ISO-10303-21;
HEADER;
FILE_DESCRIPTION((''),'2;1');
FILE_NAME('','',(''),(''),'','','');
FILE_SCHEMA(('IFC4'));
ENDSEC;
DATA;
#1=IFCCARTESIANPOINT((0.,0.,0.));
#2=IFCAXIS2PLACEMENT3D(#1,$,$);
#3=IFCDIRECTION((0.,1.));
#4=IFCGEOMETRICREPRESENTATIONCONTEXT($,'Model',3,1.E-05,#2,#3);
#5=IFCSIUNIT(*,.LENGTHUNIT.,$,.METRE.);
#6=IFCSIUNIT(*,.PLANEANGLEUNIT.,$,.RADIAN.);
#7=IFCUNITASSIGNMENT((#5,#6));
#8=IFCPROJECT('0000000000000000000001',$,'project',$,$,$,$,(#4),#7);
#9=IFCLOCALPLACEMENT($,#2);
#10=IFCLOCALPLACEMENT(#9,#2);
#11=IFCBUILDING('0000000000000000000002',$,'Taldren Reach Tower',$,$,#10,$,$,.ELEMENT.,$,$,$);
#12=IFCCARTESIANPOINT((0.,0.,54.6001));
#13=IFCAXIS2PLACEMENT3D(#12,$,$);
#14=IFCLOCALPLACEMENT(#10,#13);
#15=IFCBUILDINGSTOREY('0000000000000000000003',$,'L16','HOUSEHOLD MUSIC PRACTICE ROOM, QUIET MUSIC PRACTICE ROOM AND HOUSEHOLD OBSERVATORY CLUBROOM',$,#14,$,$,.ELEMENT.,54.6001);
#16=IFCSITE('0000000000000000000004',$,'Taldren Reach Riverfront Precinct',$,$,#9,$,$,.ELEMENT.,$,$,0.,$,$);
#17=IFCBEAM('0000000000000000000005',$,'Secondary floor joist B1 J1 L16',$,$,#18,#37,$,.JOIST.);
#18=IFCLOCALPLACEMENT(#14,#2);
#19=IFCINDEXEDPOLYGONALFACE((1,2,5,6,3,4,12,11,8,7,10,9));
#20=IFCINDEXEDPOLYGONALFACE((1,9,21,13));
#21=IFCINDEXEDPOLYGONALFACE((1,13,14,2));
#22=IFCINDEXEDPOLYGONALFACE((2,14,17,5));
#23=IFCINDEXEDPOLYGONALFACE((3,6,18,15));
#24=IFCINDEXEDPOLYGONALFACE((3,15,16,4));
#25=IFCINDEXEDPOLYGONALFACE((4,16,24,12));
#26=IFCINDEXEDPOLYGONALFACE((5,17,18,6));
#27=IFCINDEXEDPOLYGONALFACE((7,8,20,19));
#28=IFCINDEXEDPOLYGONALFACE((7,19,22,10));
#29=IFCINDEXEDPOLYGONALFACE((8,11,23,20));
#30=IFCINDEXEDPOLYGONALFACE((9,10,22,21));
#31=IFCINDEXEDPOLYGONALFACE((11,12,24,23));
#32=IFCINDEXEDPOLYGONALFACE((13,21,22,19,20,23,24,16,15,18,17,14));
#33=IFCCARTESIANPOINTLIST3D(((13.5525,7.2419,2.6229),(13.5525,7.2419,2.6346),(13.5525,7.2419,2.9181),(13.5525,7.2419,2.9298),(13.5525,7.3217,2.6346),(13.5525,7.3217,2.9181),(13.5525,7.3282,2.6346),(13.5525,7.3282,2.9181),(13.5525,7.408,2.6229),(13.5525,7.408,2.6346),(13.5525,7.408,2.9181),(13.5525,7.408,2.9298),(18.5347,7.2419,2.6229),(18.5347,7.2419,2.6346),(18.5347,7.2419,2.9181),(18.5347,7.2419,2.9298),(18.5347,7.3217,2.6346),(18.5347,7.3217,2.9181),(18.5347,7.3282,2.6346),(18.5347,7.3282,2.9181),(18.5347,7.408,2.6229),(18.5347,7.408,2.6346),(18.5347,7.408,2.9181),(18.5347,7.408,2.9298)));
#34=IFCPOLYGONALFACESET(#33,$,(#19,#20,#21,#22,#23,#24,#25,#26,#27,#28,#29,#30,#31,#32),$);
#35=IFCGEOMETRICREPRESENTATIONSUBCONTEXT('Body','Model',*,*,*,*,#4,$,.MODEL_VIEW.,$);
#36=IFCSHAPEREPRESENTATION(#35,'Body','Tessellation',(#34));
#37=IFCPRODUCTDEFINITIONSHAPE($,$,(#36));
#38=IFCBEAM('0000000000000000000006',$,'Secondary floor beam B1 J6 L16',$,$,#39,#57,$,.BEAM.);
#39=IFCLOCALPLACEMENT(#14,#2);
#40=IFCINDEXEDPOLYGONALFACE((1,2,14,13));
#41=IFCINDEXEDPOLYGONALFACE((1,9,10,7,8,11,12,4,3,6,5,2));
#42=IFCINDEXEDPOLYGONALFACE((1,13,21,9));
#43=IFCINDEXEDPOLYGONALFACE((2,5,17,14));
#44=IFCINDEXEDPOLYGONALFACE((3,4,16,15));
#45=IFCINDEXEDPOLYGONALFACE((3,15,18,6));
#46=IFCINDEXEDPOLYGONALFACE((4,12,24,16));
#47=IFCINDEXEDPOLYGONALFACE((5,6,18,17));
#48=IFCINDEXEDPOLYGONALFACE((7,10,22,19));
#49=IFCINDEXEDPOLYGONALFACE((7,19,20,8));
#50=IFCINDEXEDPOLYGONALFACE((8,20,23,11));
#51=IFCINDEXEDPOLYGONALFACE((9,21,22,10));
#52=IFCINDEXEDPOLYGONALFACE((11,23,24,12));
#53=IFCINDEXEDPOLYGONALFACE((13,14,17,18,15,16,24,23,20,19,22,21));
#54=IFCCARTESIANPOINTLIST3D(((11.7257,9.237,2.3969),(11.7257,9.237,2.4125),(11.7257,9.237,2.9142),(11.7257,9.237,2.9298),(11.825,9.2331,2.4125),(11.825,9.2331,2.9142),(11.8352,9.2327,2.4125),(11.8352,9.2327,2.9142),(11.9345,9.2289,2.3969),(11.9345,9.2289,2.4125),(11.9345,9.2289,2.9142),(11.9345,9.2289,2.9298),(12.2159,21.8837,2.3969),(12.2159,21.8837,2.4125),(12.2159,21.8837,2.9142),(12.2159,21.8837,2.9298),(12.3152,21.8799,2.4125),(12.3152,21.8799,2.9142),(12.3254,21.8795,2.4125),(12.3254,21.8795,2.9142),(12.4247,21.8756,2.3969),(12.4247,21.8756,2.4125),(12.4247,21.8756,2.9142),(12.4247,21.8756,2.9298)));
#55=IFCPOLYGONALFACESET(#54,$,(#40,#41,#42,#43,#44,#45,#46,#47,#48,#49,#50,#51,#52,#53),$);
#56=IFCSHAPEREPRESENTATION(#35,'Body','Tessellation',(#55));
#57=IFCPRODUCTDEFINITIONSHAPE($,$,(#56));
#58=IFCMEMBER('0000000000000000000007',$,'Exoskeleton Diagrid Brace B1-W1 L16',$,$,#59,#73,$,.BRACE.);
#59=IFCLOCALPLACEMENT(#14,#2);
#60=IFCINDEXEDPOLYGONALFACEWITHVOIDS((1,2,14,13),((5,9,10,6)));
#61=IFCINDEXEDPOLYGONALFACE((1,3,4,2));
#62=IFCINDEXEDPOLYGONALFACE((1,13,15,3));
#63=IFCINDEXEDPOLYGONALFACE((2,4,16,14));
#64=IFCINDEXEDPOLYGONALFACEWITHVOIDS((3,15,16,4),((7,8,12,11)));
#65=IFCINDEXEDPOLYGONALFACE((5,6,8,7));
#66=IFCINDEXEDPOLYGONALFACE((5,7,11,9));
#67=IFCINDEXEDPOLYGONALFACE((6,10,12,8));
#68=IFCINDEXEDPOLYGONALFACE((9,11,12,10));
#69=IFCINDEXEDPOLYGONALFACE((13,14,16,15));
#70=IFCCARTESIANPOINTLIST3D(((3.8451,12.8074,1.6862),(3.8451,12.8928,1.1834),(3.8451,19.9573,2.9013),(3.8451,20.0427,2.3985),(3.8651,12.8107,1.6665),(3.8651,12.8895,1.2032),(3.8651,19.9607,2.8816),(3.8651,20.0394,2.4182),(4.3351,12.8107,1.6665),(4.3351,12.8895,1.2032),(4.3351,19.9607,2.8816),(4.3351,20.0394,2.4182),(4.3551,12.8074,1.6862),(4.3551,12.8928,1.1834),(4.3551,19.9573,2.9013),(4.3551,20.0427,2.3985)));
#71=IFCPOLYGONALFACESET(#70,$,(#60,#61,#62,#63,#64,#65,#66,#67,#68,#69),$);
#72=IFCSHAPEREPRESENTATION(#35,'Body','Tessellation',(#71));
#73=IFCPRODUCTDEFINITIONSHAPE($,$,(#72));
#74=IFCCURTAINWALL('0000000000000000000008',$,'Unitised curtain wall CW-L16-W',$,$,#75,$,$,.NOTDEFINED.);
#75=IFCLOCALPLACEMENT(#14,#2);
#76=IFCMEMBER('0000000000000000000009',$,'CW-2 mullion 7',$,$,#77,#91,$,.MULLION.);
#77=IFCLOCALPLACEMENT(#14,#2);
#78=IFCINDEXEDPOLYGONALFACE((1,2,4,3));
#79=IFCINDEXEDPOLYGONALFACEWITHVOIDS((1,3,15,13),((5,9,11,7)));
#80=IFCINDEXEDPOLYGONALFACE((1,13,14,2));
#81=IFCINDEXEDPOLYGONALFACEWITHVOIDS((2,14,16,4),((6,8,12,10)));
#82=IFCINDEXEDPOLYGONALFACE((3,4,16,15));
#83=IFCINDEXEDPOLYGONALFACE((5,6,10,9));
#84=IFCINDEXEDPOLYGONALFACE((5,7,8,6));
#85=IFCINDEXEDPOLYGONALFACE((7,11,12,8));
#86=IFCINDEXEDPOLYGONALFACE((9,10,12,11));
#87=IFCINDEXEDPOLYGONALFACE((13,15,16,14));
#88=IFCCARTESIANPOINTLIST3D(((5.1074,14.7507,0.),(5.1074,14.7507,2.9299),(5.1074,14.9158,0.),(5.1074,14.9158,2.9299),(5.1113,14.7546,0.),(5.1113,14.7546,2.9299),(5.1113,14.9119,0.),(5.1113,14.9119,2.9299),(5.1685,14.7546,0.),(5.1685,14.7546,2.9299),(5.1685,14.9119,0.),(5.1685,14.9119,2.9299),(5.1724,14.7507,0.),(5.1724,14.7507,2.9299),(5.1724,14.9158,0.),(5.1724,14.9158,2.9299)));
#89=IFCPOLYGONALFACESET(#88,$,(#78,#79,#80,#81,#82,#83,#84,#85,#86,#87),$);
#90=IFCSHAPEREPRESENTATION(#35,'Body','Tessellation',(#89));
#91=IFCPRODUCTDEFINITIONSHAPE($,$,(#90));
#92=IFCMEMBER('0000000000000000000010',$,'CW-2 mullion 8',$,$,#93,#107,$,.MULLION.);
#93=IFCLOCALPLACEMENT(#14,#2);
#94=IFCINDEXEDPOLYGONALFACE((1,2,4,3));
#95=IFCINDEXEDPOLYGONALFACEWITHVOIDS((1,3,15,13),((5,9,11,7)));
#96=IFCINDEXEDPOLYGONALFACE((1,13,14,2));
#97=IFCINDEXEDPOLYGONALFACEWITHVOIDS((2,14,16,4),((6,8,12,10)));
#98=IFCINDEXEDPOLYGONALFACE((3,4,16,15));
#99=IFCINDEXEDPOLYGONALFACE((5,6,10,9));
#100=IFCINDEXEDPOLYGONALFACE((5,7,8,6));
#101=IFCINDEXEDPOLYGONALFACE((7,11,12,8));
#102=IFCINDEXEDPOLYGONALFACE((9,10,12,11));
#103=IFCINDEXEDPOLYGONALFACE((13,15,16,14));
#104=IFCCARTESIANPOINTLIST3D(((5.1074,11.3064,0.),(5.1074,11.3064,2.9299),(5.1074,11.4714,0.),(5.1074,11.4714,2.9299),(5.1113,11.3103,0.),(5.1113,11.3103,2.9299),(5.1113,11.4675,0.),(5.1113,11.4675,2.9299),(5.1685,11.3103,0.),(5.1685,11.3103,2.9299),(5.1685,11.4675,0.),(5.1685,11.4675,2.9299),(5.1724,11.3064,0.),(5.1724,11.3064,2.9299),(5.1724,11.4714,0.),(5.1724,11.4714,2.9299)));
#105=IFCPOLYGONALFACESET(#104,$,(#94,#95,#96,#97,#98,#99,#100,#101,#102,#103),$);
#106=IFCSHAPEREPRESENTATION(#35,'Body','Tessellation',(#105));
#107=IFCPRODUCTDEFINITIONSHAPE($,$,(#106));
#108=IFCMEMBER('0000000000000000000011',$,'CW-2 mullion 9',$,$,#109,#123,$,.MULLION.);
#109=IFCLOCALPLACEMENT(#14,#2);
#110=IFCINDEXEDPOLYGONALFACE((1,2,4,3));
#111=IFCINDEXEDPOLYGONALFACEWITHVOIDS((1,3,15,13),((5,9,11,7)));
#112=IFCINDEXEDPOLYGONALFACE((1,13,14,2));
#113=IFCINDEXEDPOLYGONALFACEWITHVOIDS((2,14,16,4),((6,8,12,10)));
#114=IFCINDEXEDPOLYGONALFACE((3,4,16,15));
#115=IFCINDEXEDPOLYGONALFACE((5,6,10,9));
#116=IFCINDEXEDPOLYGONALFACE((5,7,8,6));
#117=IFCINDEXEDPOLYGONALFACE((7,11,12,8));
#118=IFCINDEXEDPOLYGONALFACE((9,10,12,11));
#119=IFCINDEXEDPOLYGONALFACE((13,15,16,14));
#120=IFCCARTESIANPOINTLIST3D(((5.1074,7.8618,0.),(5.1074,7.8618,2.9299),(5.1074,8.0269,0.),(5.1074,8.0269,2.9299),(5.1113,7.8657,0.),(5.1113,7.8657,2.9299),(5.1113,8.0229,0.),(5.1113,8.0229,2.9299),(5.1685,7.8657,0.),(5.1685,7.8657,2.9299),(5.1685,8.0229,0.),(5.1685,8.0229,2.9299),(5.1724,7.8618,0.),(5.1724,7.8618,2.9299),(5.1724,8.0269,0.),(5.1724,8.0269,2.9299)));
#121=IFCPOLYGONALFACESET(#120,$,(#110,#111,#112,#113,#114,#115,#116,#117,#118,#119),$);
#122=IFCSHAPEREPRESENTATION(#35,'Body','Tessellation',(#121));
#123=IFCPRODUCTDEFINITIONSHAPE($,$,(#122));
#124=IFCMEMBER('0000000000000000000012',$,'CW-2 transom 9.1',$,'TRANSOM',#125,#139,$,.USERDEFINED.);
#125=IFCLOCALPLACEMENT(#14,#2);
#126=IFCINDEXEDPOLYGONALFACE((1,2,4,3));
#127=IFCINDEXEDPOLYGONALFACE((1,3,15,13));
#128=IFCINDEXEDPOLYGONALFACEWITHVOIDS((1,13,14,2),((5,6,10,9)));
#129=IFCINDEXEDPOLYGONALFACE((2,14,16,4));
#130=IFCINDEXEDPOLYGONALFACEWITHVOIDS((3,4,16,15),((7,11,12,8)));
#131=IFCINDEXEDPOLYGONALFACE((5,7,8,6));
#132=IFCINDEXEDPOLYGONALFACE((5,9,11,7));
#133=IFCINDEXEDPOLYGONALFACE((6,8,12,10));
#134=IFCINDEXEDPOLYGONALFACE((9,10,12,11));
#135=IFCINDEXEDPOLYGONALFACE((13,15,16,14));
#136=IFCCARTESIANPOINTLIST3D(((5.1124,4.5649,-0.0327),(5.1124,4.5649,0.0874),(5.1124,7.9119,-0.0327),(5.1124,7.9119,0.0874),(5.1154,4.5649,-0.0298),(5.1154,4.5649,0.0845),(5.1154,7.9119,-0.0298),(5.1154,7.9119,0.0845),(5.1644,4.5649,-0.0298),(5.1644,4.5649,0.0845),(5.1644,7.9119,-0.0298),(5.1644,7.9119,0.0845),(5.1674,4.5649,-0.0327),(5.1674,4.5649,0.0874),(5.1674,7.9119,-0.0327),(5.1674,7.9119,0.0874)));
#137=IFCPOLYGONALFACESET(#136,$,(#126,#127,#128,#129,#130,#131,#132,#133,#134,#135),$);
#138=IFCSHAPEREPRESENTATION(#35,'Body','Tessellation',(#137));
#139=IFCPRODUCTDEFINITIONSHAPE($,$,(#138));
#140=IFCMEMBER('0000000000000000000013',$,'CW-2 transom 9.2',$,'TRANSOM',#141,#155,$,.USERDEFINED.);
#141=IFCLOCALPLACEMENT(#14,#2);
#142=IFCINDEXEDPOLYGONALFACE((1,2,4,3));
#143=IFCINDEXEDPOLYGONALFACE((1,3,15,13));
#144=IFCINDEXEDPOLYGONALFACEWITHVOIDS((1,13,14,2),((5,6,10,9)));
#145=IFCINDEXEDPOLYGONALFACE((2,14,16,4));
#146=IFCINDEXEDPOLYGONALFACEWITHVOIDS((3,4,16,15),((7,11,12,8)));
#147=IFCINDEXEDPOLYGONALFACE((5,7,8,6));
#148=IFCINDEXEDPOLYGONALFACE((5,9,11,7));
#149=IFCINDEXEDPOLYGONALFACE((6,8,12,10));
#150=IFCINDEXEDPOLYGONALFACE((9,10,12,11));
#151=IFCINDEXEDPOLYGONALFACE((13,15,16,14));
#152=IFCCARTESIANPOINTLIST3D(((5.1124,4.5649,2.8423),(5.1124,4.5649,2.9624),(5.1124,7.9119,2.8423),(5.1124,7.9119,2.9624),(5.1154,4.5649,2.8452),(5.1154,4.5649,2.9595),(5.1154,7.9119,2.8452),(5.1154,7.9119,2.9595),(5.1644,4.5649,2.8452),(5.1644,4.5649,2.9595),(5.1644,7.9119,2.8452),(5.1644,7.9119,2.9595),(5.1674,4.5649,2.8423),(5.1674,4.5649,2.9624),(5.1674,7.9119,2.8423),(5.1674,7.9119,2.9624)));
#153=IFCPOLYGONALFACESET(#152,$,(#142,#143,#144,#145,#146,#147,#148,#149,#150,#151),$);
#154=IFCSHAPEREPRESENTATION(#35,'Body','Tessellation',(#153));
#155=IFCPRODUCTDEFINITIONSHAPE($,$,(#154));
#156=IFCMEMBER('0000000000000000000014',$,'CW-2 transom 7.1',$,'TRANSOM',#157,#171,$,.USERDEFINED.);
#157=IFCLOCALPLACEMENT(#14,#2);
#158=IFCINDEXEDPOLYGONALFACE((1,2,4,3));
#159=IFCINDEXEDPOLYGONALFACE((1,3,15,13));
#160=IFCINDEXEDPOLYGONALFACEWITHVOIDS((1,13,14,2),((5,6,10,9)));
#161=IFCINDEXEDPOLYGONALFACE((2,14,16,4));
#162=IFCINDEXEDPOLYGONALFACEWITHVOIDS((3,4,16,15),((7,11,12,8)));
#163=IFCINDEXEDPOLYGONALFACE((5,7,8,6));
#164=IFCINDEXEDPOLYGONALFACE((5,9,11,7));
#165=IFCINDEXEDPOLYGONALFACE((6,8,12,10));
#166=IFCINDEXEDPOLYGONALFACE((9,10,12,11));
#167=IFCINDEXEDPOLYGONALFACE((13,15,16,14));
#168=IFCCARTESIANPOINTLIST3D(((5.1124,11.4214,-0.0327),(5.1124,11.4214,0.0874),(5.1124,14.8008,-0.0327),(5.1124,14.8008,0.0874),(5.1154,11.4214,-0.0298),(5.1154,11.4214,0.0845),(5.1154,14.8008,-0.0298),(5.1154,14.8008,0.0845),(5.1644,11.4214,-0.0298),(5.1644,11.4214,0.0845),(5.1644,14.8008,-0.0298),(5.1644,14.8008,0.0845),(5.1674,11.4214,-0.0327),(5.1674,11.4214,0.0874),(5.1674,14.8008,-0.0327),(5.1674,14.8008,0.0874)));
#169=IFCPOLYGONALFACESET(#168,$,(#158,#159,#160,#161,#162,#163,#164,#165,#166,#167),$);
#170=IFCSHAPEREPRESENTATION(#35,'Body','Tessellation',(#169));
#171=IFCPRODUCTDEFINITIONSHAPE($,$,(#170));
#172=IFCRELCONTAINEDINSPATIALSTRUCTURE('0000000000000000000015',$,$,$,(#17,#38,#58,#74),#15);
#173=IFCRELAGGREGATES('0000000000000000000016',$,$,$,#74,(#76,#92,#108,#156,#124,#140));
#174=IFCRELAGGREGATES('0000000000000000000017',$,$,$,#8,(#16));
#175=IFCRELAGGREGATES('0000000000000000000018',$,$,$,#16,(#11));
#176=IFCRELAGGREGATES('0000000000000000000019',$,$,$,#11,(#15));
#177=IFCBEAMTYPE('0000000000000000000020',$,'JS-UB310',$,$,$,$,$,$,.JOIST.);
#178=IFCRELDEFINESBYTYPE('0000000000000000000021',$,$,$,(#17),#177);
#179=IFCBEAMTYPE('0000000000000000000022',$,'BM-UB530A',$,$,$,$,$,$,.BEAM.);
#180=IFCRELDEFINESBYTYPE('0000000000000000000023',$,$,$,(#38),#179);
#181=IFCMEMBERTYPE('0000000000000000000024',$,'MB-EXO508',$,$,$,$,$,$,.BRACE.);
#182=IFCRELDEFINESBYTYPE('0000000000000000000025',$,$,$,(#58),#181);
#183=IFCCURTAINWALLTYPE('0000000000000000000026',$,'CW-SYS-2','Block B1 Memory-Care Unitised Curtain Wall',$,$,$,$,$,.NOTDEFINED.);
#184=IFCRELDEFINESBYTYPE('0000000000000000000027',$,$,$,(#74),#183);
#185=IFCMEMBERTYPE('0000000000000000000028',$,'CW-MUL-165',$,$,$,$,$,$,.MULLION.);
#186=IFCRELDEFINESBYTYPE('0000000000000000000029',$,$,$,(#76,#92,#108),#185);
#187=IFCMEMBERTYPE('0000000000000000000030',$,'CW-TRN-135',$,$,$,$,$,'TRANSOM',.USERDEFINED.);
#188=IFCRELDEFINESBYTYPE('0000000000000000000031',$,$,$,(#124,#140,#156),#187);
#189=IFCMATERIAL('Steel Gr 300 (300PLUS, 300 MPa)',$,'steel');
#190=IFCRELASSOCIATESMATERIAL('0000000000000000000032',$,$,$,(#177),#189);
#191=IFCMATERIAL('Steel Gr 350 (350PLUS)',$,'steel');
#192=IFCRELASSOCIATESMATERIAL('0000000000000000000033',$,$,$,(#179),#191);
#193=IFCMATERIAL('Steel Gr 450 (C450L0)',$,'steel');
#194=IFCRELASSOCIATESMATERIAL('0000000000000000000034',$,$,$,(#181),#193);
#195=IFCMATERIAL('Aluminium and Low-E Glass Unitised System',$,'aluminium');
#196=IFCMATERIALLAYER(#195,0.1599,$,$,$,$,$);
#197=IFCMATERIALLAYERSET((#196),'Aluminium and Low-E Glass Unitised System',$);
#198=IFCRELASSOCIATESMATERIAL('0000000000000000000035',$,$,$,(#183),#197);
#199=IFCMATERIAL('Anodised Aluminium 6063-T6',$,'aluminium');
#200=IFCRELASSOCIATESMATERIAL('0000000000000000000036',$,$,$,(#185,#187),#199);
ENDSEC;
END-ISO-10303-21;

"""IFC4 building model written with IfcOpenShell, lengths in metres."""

from ifc_helpers import new_model, si_unit, direction, frame, origin, origin_2d, place, context, subcontext, project, spatial, hollow_rectangle, i_section, extrude, source, transform, mapped, material, layer, layer_set, material_profile, profile_set, type_object, element, aggregate, save


model = new_model("IFC4")

# Units and contexts
model_context = context("Model", 3, precision=1e-05, world=origin(), true_north=direction((0.0, 1.0)))
body_context = subcontext(model_context, "Body", "Model", "MODEL_VIEW")
ifc_project = project(units=[si_unit("LENGTHUNIT", "METRE"), si_unit("PLANEANGLEUNIT", "RADIAN")], contexts=[model_context])

# Site, building, storey
site_placement = place(None, origin())
site = spatial("IfcSite", under=ifc_project, at=site_placement, Name="Taldren Reach Riverfront Precinct", CompositionType="ELEMENT", RefElevation=0.0)
building_placement = place(site_placement, origin())
building = spatial("IfcBuilding", under=site, at=building_placement, Name="Taldren Reach Tower", CompositionType="ELEMENT")
storey_placement = place(building_placement, frame((0.0, 0.0, 54.6001)))
storey = spatial("IfcBuildingStorey", under=building, at=storey_placement, Name="L16", Description="HOUSEHOLD MUSIC PRACTICE ROOM, QUIET MUSIC PRACTICE ROOM AND HOUSEHOLD OBSERVATORY CLUBROOM", CompositionType="ELEMENT", Elevation=54.6001)

# Beams
ifc_material_1 = material(Name="Steel Gr 300 (300PLUS, 300 MPa)", Category="steel")
ifc_material_profile_1 = material_profile(ifc_material_1, i_section(OverallWidth=0.166, OverallDepth=0.3069, WebThickness=0.0066, FlangeThickness=0.0117, at=origin_2d()), Name="310UB46.2")
ifc_profile_set_1 = profile_set([ifc_material_profile_1], Name="Steel Gr 300 (300PLUS, 300 MPa)")
beam_type_1 = type_object("IfcBeamType", Name="JS-UB310", PredefinedType="JOIST", material=ifc_profile_set_1)
shared_shape_1 = source(origin(), body_context, "Body", "SweptSolid", [
    extrude(i_section(OverallWidth=0.166, OverallDepth=0.3069, WebThickness=0.0066, FlangeThickness=0.0117, at=origin_2d()), origin(), (0.0, 0.0, 1.0), 4.9822),
])
beam_1_placement = place(storey_placement, frame((13.5525, 7.325, 2.7764), z_axis=(1.0, 0.0, 0.0), x_axis=(0.0, 1.0, 0.0)))
element("IfcBeam", 1, at=beam_1_placement, inside=storey, type_object=beam_type_1, Name="Secondary floor joist B1 J1 L16", PredefinedType="JOIST", context=body_context, shape_type="MappedRepresentation", body=[
    mapped(shared_shape_1, transform((0.0, 0.0, 0.0), scale=1.0)),
])
ifc_material_2 = material(Name="Steel Gr 350 (350PLUS)", Category="steel")
ifc_material_profile_2 = material_profile(ifc_material_2, i_section(OverallWidth=0.209, OverallDepth=0.533, WebThickness=0.0103, FlangeThickness=0.0156, at=origin_2d()), Name="530UB92.4")
ifc_profile_set_2 = profile_set([ifc_material_profile_2], Name="Steel Gr 350 (350PLUS)")
beam_type_2 = type_object("IfcBeamType", Name="BM-UB530A", PredefinedType="BEAM", material=ifc_profile_set_2)
shared_shape_2 = source(origin(), body_context, "Body", "SweptSolid", [
    extrude(i_section(OverallWidth=0.209, OverallDepth=0.533, WebThickness=0.0103, FlangeThickness=0.0156, at=origin_2d()), origin(), (0.0, 0.0, 1.0), 12.6562),
])
beam_2_placement = place(storey_placement, frame((11.8301, 9.2329, 2.6633), z_axis=(0.038735, 0.99925, 0.0), x_axis=(-0.99925, 0.038735, 0.0)))
element("IfcBeam", 2, at=beam_2_placement, inside=storey, type_object=beam_type_2, Name="Secondary floor beam B1 J6 L16", PredefinedType="BEAM", context=body_context, shape_type="MappedRepresentation", body=[
    mapped(shared_shape_2, transform((0.0, 0.0, 0.0), scale=1.0)),
])

# Member
ifc_material_3 = material(Name="Steel Gr 450 (C450L0)", Category="steel")
ifc_material_profile_3 = material_profile(ifc_material_3, hollow_rectangle(XDim=0.51, YDim=0.51, WallThickness=0.02, at=origin_2d()), Name="510x510x20.0SHS")
ifc_profile_set_3 = profile_set([ifc_material_profile_3], Name="Steel Gr 450 (C450L0)")
member_type_1 = type_object("IfcMemberType", Name="MB-EXO508", PredefinedType="BRACE", material=ifc_profile_set_3)
shared_shape_3 = source(origin(), body_context, "Body", "SweptSolid", [
    extrude(hollow_rectangle(XDim=0.51, YDim=0.51, WallThickness=0.02, at=origin_2d()), origin(), (0.0, 0.0, 1.0), 7.2524),
])
member_1_placement = place(storey_placement, frame((4.1001, 12.8501, 1.4348), z_axis=(0.0, 0.985865, 0.167542), x_axis=(-1.0, 0.0, 0.0)))
element("IfcMember", 3, at=member_1_placement, inside=storey, type_object=member_type_1, Name="Exoskeleton Diagrid Brace B1-W1 L16", PredefinedType="BRACE", context=body_context, shape_type="MappedRepresentation", body=[
    mapped(shared_shape_3, transform((0.0, 0.0, 0.0), scale=1.0)),
])

# Curtain wall, members
ifc_material_4 = material(Name="Aluminium and Low-E Glass Unitised System", Category="aluminium")
ifc_layer_1 = layer(ifc_material_4, 0.1599)
ifc_layer_set_1 = layer_set([ifc_layer_1], Name="Aluminium and Low-E Glass Unitised System")
curtain_wall_type = type_object("IfcCurtainWallType", Name="CW-SYS-2", Description="Block B1 Memory-Care Unitised Curtain Wall", PredefinedType="NOTDEFINED", material=ifc_layer_set_1)
curtain_wall_placement = place(storey_placement, origin())
curtain_wall = element("IfcCurtainWall", 4, at=curtain_wall_placement, inside=storey, type_object=curtain_wall_type, Name="Unitised curtain wall CW-L16-W", PredefinedType="NOTDEFINED")
ifc_material_5 = material(Name="Anodised Aluminium 6063-T6", Category="aluminium")
ifc_material_profile_4 = material_profile(ifc_material_5, hollow_rectangle(XDim=0.0649, YDim=0.165, WallThickness=0.0039, at=origin_2d()), Name="ALU-165x65x4RHS")
ifc_profile_set_4 = profile_set([ifc_material_profile_4], Name="Anodised Aluminium 6063-T6")
member_type_2 = type_object("IfcMemberType", Name="CW-MUL-165", PredefinedType="MULLION", material=ifc_profile_set_4)
shared_shape_4 = source(origin(), body_context, "Body", "SweptSolid", [
    extrude(hollow_rectangle(XDim=0.0649, YDim=0.165, WallThickness=0.0039, at=origin_2d()), origin(), (0.0, 0.0, 1.0), 2.9299),
])
member_2_placement = place(storey_placement, frame((5.1399, 14.8333, 0.0), z_axis=(0.0, 0.0, 1.0), x_axis=(1.0, 0.0, 0.0)))
member_2 = element("IfcMember", 5, at=member_2_placement, type_object=member_type_2, Name="CW-2 mullion 7", PredefinedType="MULLION", context=body_context, shape_type="MappedRepresentation", body=[
    mapped(shared_shape_4, transform((0.0, 0.0, 0.0), scale=1.0)),
])
member_3_placement = place(storey_placement, frame((5.1399, 11.3889, 0.0), z_axis=(0.0, 0.0, 1.0), x_axis=(1.0, 0.0, 0.0)))
member_3 = element("IfcMember", 6, at=member_3_placement, type_object=member_type_2, Name="CW-2 mullion 8", PredefinedType="MULLION", context=body_context, shape_type="MappedRepresentation", body=[
    mapped(shared_shape_4, transform((0.0, 0.0, 0.0), scale=1.0)),
])
member_4_placement = place(storey_placement, frame((5.1399, 7.9443, 0.0), z_axis=(0.0, 0.0, 1.0), x_axis=(1.0, 0.0, 0.0)))
member_4 = element("IfcMember", 7, at=member_4_placement, type_object=member_type_2, Name="CW-2 mullion 9", PredefinedType="MULLION", context=body_context, shape_type="MappedRepresentation", body=[
    mapped(shared_shape_4, transform((0.0, 0.0, 0.0), scale=1.0)),
])
ifc_material_profile_5 = material_profile(ifc_material_5, hollow_rectangle(XDim=0.0549, YDim=0.1201, WallThickness=0.0029, at=origin_2d()), Name="ALU-120x55x3RHS")
ifc_profile_set_5 = profile_set([ifc_material_profile_5], Name="Anodised Aluminium 6063-T6")
member_type_3 = type_object("IfcMemberType", Name="CW-TRN-135", ElementType="TRANSOM", PredefinedType="USERDEFINED", material=ifc_profile_set_5)
shared_shape_5 = source(origin(), body_context, "Body", "SweptSolid", [
    extrude(hollow_rectangle(XDim=0.0549, YDim=0.1201, WallThickness=0.0029, at=origin_2d()), origin(), (0.0, 0.0, 1.0), 3.3469),
])
member_5_placement = place(storey_placement, frame((5.1399, 7.9119, 0.0273), z_axis=(0.0, -1.0, 0.0), x_axis=(1.0, 0.0, 0.0)))
member_5 = element("IfcMember", 8, at=member_5_placement, type_object=member_type_3, Name="CW-2 transom 9.1", ObjectType="TRANSOM", PredefinedType="USERDEFINED", context=body_context, shape_type="MappedRepresentation", body=[
    mapped(shared_shape_5, transform((0.0, 0.0, 0.0), scale=1.0)),
])
member_6_placement = place(storey_placement, frame((5.1399, 7.9119, 2.9023), z_axis=(0.0, -1.0, 0.0), x_axis=(1.0, 0.0, 0.0)))
member_6 = element("IfcMember", 9, at=member_6_placement, type_object=member_type_3, Name="CW-2 transom 9.2", ObjectType="TRANSOM", PredefinedType="USERDEFINED", context=body_context, shape_type="MappedRepresentation", body=[
    mapped(shared_shape_5, transform((0.0, 0.0, 0.0), scale=1.0)),
])
shared_shape_6 = source(origin(), body_context, "Body", "SweptSolid", [
    extrude(hollow_rectangle(XDim=0.0549, YDim=0.1201, WallThickness=0.0029, at=origin_2d()), origin(), (0.0, 0.0, 1.0), 3.3794),
])
member_7_placement = place(storey_placement, frame((5.1399, 14.8008, 0.0273), z_axis=(0.0, -1.0, 0.0), x_axis=(1.0, 0.0, 0.0)))
member_7 = element("IfcMember", 10, at=member_7_placement, type_object=member_type_3, Name="CW-2 transom 7.1", ObjectType="TRANSOM", PredefinedType="USERDEFINED", context=body_context, shape_type="MappedRepresentation", body=[
    mapped(shared_shape_6, transform((0.0, 0.0, 0.0), scale=1.0)),
])
aggregate(curtain_wall, [member_2, member_3, member_4, member_7, member_5, member_6])

save(model, "model.ifc")
